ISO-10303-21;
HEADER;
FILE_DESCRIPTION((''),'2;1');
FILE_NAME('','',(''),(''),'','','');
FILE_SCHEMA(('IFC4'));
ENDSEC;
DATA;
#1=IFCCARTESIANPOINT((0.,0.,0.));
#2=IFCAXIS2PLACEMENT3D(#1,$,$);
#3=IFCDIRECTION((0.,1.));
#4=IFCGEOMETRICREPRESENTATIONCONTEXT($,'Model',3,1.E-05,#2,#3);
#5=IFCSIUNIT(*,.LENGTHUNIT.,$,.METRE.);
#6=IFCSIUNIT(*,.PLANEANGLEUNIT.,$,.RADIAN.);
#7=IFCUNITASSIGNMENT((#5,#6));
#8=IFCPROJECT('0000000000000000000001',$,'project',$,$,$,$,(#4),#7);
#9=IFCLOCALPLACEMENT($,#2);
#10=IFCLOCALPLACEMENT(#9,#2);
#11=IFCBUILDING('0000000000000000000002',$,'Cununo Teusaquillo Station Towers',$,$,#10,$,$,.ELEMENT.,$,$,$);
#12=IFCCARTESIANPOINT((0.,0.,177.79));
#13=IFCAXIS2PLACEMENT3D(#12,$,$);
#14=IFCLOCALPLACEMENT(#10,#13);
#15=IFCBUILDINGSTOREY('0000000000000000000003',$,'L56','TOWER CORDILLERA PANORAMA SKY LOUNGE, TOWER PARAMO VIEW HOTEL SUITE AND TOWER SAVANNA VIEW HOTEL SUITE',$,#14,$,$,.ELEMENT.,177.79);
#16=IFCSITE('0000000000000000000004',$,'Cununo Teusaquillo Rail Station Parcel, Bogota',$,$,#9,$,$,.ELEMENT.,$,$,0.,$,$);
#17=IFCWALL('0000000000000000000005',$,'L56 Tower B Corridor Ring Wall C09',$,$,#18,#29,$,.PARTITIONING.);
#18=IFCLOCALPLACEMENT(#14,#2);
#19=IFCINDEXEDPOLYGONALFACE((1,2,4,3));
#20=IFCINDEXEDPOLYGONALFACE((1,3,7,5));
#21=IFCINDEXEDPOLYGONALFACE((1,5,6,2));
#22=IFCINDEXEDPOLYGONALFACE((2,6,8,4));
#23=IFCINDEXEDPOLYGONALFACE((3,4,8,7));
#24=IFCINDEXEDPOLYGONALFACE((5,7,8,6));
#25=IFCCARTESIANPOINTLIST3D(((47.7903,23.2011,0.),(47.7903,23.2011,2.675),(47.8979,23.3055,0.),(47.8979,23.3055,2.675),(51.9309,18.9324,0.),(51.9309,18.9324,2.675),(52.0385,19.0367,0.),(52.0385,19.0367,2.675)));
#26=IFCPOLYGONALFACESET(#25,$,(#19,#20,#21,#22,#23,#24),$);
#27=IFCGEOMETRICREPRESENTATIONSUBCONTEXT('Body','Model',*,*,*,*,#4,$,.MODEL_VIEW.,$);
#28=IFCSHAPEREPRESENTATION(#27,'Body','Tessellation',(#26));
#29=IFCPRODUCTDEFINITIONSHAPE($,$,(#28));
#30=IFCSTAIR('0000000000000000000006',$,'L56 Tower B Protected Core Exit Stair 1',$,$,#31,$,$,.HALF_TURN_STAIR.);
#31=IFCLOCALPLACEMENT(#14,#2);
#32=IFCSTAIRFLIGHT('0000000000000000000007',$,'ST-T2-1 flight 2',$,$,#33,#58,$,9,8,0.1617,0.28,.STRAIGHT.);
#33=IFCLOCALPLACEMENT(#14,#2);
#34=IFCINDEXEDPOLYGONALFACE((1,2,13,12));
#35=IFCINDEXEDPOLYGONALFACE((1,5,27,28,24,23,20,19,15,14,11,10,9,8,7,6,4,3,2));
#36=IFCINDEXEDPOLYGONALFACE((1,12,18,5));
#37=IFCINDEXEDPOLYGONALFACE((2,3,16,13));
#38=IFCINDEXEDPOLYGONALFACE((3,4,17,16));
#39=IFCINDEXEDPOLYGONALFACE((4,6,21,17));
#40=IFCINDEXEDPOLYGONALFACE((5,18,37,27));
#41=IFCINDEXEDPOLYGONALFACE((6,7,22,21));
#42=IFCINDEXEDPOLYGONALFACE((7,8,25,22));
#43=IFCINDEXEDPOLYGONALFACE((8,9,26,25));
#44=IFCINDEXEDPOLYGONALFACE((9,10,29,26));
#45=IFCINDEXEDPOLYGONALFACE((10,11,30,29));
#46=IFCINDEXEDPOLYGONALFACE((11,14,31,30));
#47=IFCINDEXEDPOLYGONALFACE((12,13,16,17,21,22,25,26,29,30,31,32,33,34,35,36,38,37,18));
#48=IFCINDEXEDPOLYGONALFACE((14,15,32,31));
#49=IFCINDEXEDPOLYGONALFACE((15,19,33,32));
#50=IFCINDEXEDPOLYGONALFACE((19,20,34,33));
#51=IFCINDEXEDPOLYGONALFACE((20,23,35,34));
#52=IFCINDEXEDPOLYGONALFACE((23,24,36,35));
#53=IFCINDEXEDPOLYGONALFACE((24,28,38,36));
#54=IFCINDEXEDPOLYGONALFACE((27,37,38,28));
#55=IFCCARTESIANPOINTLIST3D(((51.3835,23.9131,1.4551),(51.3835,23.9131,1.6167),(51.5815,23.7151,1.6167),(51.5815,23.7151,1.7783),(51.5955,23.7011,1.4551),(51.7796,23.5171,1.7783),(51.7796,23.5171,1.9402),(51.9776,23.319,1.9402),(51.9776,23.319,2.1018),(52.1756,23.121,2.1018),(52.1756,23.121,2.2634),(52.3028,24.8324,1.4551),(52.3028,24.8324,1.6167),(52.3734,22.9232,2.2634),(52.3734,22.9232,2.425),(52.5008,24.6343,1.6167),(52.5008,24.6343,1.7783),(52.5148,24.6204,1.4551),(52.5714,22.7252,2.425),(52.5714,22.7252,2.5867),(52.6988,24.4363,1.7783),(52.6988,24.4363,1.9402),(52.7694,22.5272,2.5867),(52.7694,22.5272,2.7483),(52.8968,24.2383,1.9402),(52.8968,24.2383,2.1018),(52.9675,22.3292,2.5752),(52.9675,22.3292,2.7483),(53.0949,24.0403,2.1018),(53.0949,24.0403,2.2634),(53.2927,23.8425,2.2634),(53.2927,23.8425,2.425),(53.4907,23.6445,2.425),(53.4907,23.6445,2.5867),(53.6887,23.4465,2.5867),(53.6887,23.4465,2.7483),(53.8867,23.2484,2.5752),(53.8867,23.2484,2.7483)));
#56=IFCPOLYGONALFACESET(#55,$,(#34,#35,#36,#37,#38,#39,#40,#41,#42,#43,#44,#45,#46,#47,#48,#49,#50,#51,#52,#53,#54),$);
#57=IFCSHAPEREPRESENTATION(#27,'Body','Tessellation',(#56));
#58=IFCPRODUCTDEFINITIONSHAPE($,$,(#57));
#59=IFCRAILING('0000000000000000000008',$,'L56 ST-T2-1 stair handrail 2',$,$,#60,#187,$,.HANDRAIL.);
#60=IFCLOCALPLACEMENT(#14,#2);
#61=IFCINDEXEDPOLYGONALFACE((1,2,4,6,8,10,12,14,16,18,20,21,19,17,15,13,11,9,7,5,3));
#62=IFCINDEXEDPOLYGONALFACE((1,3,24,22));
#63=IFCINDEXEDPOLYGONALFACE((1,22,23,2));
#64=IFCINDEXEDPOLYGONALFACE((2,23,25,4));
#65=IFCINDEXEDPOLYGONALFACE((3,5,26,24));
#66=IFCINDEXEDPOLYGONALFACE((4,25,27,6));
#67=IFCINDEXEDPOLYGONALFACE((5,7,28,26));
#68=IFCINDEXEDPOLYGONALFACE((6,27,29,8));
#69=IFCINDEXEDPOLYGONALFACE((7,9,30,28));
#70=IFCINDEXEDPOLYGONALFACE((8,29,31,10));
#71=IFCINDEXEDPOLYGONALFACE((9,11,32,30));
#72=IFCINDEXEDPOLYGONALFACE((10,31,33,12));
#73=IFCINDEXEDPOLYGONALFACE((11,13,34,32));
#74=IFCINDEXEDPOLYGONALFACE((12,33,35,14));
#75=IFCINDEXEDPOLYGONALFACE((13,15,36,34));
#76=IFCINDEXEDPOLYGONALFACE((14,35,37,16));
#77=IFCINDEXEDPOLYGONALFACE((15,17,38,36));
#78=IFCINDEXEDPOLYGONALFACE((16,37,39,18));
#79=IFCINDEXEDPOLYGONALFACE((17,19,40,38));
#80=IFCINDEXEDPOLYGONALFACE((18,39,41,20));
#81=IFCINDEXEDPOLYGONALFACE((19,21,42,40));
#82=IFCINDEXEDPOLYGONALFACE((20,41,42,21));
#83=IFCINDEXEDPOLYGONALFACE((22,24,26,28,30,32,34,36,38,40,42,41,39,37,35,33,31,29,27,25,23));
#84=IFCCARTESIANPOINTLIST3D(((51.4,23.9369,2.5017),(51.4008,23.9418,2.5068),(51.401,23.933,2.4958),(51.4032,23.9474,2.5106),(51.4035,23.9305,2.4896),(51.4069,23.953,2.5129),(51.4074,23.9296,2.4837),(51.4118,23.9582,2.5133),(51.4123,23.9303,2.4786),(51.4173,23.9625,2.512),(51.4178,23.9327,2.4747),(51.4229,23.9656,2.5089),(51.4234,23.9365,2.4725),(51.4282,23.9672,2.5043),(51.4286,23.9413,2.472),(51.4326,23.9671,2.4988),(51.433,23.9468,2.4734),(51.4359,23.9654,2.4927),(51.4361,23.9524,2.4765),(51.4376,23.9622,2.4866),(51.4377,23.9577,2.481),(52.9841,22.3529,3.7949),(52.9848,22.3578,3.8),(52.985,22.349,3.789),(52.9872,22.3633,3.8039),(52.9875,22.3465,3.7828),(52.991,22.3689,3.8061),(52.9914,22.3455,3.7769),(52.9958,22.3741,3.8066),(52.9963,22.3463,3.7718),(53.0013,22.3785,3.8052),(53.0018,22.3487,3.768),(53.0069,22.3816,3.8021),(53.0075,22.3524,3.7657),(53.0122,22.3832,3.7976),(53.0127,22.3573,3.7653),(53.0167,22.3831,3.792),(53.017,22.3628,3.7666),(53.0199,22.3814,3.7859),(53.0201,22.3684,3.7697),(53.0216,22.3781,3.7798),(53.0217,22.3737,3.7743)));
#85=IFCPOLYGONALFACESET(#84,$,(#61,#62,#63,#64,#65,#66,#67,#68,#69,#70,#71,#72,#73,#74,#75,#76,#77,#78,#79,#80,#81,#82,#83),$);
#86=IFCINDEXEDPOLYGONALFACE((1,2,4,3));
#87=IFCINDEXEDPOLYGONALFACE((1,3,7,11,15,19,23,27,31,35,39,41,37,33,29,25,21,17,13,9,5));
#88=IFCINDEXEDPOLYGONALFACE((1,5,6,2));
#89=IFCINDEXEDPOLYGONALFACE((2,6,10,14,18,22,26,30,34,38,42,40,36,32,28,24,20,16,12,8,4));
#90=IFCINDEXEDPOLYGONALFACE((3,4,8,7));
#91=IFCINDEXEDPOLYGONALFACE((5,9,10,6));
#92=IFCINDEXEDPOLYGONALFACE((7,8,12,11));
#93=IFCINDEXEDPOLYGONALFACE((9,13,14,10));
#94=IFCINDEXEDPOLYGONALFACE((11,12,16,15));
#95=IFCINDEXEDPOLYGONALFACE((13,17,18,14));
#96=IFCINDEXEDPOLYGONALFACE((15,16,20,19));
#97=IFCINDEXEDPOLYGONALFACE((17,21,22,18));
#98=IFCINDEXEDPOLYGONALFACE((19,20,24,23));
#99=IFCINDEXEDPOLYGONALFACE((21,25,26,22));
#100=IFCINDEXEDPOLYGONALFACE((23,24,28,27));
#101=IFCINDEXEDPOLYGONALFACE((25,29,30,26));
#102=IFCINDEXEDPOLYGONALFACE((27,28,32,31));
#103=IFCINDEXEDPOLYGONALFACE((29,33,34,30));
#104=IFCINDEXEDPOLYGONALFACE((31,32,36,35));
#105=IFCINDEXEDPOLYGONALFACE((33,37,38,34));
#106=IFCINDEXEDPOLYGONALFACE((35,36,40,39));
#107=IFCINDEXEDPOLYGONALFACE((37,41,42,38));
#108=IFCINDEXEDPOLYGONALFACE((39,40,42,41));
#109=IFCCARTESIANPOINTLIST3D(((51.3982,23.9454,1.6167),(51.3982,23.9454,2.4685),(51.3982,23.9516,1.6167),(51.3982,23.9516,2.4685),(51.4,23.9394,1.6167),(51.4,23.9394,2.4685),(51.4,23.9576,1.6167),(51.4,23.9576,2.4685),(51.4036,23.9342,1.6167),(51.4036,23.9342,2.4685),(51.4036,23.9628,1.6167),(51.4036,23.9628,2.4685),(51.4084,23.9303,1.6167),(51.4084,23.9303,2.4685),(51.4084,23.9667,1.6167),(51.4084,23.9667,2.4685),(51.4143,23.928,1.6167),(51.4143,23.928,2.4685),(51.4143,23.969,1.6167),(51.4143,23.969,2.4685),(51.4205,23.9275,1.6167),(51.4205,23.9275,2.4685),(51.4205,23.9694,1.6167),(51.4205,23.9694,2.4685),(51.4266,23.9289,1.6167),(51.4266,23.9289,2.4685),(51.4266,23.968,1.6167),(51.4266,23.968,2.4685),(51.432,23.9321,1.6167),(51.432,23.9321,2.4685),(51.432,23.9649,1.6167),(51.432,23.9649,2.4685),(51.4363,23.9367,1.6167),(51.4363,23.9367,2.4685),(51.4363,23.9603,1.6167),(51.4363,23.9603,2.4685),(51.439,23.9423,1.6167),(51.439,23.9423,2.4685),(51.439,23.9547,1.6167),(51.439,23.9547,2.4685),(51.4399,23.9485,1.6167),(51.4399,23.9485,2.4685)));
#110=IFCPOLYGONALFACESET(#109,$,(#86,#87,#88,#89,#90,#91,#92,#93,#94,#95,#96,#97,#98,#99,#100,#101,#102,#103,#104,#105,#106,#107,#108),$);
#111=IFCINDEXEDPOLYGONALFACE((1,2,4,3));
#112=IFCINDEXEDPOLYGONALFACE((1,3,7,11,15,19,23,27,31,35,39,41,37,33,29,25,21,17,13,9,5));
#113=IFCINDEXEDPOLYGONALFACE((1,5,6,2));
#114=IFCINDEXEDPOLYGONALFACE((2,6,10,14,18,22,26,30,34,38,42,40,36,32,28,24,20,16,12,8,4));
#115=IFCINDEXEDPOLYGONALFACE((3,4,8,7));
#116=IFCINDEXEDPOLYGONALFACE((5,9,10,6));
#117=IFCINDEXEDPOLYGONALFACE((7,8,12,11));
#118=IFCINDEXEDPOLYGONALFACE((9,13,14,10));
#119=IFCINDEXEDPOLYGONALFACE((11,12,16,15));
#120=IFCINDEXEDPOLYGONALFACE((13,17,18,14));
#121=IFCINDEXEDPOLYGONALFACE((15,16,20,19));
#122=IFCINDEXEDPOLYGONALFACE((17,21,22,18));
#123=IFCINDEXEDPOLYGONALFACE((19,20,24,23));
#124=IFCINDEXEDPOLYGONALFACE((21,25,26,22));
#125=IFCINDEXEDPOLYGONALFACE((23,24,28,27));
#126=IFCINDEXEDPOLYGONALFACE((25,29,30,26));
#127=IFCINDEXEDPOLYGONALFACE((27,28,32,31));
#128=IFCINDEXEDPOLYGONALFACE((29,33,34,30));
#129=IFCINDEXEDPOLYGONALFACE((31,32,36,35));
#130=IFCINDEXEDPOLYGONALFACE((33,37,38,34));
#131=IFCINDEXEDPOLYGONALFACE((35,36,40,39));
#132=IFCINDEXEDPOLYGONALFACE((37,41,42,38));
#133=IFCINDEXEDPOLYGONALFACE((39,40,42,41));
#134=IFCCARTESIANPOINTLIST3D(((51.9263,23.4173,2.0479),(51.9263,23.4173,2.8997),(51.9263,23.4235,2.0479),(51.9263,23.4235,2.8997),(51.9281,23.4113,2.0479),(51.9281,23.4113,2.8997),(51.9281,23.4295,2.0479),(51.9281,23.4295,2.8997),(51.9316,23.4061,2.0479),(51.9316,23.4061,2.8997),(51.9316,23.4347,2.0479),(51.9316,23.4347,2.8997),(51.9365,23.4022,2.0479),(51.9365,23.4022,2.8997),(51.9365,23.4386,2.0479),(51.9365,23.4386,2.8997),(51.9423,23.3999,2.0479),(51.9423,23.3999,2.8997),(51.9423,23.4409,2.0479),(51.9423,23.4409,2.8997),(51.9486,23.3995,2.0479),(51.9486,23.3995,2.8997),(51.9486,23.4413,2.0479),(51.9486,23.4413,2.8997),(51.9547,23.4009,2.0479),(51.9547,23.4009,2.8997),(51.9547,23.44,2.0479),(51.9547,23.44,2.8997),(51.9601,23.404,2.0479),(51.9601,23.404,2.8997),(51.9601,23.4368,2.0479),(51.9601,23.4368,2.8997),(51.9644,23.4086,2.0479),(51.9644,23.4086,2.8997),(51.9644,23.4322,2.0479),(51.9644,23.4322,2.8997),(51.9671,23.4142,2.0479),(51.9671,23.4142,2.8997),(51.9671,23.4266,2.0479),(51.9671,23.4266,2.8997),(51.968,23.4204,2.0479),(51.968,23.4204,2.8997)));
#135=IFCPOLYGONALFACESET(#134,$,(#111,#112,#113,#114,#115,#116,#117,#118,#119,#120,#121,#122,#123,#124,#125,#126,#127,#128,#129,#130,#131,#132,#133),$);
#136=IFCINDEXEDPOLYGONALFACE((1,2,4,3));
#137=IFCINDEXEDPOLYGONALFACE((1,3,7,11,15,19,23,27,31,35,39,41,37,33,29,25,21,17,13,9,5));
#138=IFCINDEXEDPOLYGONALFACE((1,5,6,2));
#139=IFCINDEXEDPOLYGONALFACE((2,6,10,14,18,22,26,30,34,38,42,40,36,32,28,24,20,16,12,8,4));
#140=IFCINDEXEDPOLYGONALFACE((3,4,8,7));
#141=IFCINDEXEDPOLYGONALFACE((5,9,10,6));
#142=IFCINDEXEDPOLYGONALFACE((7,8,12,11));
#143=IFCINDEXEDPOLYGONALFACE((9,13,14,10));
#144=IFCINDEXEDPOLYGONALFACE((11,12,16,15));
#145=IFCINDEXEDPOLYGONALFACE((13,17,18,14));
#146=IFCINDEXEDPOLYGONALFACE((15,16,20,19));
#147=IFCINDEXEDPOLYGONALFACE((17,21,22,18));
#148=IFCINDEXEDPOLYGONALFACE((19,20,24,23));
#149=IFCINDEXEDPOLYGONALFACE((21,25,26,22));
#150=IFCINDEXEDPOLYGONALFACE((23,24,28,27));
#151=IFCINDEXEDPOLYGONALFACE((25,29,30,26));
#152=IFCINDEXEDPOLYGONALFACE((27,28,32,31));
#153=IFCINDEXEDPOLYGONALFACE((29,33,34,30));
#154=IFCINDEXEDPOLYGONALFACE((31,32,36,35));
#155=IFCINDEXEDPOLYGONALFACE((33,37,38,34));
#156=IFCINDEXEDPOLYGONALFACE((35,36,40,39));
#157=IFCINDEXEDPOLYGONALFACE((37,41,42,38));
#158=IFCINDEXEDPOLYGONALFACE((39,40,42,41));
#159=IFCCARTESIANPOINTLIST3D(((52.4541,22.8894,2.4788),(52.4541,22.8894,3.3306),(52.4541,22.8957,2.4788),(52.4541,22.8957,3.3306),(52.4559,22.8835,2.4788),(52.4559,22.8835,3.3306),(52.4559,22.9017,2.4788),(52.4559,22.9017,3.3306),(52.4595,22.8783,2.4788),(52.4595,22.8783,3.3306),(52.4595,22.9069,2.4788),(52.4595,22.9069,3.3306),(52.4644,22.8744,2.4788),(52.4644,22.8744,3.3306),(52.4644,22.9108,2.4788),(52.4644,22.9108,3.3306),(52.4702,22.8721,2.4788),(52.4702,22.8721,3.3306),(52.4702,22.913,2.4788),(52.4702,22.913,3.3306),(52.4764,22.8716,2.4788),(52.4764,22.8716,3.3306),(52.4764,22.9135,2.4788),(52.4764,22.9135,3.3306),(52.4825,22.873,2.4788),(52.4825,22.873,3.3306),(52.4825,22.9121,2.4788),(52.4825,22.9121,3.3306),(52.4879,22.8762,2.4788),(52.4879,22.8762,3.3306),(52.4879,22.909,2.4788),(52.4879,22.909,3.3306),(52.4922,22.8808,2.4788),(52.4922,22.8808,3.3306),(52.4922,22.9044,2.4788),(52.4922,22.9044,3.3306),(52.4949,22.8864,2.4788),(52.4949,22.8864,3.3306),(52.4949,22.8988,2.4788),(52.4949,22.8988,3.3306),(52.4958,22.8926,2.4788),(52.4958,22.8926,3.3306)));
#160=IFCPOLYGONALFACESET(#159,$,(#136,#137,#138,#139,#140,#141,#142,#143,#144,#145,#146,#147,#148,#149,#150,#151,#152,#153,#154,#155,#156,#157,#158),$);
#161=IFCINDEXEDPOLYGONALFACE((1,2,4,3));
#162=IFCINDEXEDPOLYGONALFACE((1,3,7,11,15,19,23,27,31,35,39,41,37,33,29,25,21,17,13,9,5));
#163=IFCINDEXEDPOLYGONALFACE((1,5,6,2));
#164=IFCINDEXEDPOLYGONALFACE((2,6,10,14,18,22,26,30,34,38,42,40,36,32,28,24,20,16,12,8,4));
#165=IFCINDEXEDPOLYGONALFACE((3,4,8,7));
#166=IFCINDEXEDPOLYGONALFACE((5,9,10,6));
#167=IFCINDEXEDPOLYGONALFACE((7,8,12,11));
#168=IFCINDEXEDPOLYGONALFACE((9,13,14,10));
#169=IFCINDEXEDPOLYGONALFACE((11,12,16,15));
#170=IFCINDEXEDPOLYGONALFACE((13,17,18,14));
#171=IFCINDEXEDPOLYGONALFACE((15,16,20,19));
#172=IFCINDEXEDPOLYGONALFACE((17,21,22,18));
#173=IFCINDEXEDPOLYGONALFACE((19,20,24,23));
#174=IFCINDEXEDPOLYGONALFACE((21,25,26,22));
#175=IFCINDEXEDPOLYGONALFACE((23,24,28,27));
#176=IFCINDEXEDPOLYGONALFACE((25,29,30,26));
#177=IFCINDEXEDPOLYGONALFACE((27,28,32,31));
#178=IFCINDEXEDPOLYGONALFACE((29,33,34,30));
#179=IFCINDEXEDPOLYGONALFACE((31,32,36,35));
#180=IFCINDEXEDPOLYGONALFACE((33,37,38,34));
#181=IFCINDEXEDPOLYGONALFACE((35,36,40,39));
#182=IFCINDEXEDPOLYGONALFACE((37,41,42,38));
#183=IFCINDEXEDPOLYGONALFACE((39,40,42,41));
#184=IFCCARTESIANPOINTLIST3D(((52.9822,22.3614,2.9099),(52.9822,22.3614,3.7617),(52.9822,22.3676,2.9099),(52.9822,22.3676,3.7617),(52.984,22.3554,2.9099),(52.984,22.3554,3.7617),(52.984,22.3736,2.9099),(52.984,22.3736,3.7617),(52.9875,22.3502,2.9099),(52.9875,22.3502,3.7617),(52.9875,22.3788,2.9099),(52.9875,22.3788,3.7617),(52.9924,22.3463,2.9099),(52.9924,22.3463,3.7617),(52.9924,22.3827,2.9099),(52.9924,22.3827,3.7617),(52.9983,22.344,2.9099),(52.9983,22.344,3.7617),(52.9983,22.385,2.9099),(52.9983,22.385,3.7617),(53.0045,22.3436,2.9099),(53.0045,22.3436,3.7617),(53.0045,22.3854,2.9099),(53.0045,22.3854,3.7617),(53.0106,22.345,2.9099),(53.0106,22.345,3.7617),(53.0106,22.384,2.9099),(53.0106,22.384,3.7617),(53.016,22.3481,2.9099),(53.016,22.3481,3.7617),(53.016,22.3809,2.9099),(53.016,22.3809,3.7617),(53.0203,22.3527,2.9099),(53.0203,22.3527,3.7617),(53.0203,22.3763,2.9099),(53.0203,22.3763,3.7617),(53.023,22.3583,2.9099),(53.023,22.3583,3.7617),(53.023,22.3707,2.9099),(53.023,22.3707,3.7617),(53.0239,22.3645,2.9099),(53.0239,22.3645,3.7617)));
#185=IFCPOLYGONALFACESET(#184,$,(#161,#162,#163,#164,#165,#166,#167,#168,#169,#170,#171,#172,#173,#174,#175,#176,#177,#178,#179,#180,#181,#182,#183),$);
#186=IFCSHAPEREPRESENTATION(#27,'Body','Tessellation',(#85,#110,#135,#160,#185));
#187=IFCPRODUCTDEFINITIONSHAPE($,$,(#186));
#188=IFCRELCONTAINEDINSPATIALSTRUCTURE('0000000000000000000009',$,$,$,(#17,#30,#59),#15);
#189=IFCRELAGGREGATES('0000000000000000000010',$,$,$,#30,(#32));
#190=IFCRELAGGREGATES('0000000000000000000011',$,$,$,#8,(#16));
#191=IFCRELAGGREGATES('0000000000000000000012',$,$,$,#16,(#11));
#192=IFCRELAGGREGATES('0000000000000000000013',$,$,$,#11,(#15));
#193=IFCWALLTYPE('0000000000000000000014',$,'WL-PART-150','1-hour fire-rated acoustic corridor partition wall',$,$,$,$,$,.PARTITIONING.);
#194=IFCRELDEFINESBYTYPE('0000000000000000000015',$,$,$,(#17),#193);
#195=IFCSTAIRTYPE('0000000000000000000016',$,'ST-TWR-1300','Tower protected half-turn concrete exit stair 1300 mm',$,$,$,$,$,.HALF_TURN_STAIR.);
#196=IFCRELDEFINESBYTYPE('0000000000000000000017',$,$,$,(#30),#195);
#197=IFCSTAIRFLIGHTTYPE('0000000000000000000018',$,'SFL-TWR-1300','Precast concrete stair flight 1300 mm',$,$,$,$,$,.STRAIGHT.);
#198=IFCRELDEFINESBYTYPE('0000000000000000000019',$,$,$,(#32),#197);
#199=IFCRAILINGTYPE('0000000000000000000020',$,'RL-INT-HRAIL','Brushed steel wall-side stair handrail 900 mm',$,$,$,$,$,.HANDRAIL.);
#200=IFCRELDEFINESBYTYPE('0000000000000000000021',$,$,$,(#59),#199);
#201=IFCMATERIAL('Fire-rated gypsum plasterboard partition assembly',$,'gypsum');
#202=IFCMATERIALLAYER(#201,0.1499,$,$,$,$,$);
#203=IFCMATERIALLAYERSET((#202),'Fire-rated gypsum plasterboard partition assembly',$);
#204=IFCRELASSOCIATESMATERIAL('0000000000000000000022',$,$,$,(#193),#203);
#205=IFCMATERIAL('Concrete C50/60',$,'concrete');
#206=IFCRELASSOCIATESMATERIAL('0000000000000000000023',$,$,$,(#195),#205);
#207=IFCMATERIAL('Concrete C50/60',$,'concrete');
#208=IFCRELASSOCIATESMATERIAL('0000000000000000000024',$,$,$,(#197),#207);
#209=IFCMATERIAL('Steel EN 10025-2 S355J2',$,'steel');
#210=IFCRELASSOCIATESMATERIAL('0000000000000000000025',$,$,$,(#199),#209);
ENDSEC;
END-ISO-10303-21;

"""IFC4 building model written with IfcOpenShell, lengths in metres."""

from ifc_helpers import new_model, si_unit, direction, frame, frame_2d, origin, origin_2d, place, context, subcontext, project, spatial, polyline, rectangle, circle, outline, extrude, material, layer, layer_set, type_object, element, aggregate, save


model = new_model("IFC4")

# Units and contexts
model_context = context("Model", 3, precision=1e-05, world=origin(), true_north=direction((0.0, 1.0)))
body_context = subcontext(model_context, "Body", "Model", "MODEL_VIEW")
ifc_project = project(units=[si_unit("LENGTHUNIT", "METRE"), si_unit("PLANEANGLEUNIT", "RADIAN")], contexts=[model_context])

# Site, building, storey
site_placement = place(None, origin())
site = spatial("IfcSite", under=ifc_project, at=site_placement, Name="Cununo Teusaquillo Rail Station Parcel, Bogota", CompositionType="ELEMENT", RefElevation=0.0)
building_placement = place(site_placement, origin())
building = spatial("IfcBuilding", under=site, at=building_placement, Name="Cununo Teusaquillo Station Towers", CompositionType="ELEMENT")
storey_placement = place(building_placement, frame((0.0, 0.0, 177.79)))
storey = spatial("IfcBuildingStorey", under=building, at=storey_placement, Name="L56", Description="TOWER CORDILLERA PANORAMA SKY LOUNGE, TOWER PARAMO VIEW HOTEL SUITE AND TOWER SAVANNA VIEW HOTEL SUITE", CompositionType="ELEMENT", Elevation=177.79)

# Shared definitions
ifc_material_1 = material(Name="Fire-rated gypsum plasterboard partition assembly", Category="gypsum")
ifc_layer_1 = layer(ifc_material_1, 0.1499)
ifc_layer_set_1 = layer_set([ifc_layer_1], Name="Fire-rated gypsum plasterboard partition assembly")
wall_type_1 = type_object("IfcWallType", Name="WL-PART-150", Description="1-hour fire-rated acoustic corridor partition wall", PredefinedType="PARTITIONING", material=ifc_layer_set_1)

# Wall
wall_1_placement = place(storey_placement, frame((47.844, 23.2534, 0.0), z_axis=(0.0, 0.0, 1.0), x_axis=(0.696248, -0.717801, 0.0)))
element("IfcWall", 1, at=wall_1_placement, inside=storey, type_object=wall_type_1, Name="L56 Tower B Corridor Ring Wall C09", PredefinedType="PARTITIONING", context=body_context, shape_type="SweptSolid", body=[
    extrude(rectangle(XDim=5.947, YDim=0.1499, at=frame_2d((2.9736, 0.0))), origin(), (0.0, 0.0, 1.0), 2.675),
])

# Stair, stair flight
ifc_material_2 = material(Name="Concrete C50/60", Category="concrete")
stair_type = type_object("IfcStairType", Name="ST-TWR-1300", Description="Tower protected half-turn concrete exit stair 1300 mm", PredefinedType="HALF_TURN_STAIR", material=ifc_material_2)
stair_placement = place(storey_placement, origin())
stair = element("IfcStair", 2, at=stair_placement, inside=storey, type_object=stair_type, Name="L56 Tower B Protected Core Exit Stair 1", PredefinedType="HALF_TURN_STAIR")
ifc_material_3 = material(Name="Concrete C50/60", Category="concrete")
stair_flight_type = type_object("IfcStairFlightType", Name="SFL-TWR-1300", Description="Precast concrete stair flight 1300 mm", PredefinedType="STRAIGHT", material=ifc_material_3)
stair_flight_placement = place(storey_placement, frame((51.8433, 24.3728, 1.4551), z_axis=(0.0, 0.0, 1.0), x_axis=(0.707107, -0.707107, 0.0)))
stair_flight = element("IfcStairFlight", 3, at=stair_flight_placement, type_object=stair_flight_type, Name="ST-T2-1 flight 2", NumberOfRisers=9, NumberOfTreads=8, PredefinedType="STRAIGHT", RiserHeight=0.1617, TreadLength=0.28, context=body_context, shape_type="SweptSolid", body=[
    extrude(outline(polyline([(0.0, 0.0), (0.0, 0.1616), (0.28, 0.1616), (0.28, 0.3232), (0.5601, 0.3232), (0.5601, 0.4851), (0.8401, 0.4851), (0.8401, 0.6467), (1.1201, 0.6467), (1.1201, 0.8083), (1.3999, 0.8083), (1.3999, 0.97), (1.6799, 0.97), (1.6799, 1.1316), (1.96, 1.1316), (1.96, 1.2932), (2.24, 1.2932), (2.24, 1.4551), (2.24, 1.1201), (0.2998, 0.0), (0.0, 0.0)])), frame((0.0, 0.6499, 0.0), z_axis=(0.0, -1.0, 0.0), x_axis=(1.0, 0.0, 0.0)), (0.0, 0.0, 1.0), 1.3),
])
aggregate(stair, [stair_flight])

# Railing
ifc_material_4 = material(Name="Steel EN 10025-2 S355J2", Category="steel")
railing_type = type_object("IfcRailingType", Name="RL-INT-HRAIL", Description="Brushed steel wall-side stair handrail 900 mm", PredefinedType="HANDRAIL", material=ifc_material_4)
railing_placement = place(storey_placement, frame((51.4189, 23.9485, 1.6167)))
element("IfcRailing", 4, at=railing_placement, inside=storey, type_object=railing_type, Name="L56 ST-T2-1 stair handrail 2", PredefinedType="HANDRAIL", context=body_context, shape_type="SweptSolid", body=[
    extrude(circle(Radius=0.0239, at=origin_2d()), frame((0.0, 0.0, 0.876), z_axis=(0.612385, -0.612385, 0.49997), x_axis=(0.707107, 0.707107, 0.0)), (0.0, 0.0, 1.0), 2.5867),
    extrude(circle(Radius=0.021, at=origin_2d()), origin(), (0.0, 0.0, 1.0), 0.8518),
    extrude(circle(Radius=0.021, at=origin_2d()), frame((0.5281, -0.5281, 0.4312)), (0.0, 0.0, 1.0), 0.8518),
    extrude(circle(Radius=0.021, at=origin_2d()), frame((1.0559, -1.0559, 0.8621)), (0.0, 0.0, 1.0), 0.8518),
    extrude(circle(Radius=0.021, at=origin_2d()), frame((1.584, -1.584, 1.2932)), (0.0, 0.0, 1.0), 0.8518),
])

save(model, "model.ifc")
